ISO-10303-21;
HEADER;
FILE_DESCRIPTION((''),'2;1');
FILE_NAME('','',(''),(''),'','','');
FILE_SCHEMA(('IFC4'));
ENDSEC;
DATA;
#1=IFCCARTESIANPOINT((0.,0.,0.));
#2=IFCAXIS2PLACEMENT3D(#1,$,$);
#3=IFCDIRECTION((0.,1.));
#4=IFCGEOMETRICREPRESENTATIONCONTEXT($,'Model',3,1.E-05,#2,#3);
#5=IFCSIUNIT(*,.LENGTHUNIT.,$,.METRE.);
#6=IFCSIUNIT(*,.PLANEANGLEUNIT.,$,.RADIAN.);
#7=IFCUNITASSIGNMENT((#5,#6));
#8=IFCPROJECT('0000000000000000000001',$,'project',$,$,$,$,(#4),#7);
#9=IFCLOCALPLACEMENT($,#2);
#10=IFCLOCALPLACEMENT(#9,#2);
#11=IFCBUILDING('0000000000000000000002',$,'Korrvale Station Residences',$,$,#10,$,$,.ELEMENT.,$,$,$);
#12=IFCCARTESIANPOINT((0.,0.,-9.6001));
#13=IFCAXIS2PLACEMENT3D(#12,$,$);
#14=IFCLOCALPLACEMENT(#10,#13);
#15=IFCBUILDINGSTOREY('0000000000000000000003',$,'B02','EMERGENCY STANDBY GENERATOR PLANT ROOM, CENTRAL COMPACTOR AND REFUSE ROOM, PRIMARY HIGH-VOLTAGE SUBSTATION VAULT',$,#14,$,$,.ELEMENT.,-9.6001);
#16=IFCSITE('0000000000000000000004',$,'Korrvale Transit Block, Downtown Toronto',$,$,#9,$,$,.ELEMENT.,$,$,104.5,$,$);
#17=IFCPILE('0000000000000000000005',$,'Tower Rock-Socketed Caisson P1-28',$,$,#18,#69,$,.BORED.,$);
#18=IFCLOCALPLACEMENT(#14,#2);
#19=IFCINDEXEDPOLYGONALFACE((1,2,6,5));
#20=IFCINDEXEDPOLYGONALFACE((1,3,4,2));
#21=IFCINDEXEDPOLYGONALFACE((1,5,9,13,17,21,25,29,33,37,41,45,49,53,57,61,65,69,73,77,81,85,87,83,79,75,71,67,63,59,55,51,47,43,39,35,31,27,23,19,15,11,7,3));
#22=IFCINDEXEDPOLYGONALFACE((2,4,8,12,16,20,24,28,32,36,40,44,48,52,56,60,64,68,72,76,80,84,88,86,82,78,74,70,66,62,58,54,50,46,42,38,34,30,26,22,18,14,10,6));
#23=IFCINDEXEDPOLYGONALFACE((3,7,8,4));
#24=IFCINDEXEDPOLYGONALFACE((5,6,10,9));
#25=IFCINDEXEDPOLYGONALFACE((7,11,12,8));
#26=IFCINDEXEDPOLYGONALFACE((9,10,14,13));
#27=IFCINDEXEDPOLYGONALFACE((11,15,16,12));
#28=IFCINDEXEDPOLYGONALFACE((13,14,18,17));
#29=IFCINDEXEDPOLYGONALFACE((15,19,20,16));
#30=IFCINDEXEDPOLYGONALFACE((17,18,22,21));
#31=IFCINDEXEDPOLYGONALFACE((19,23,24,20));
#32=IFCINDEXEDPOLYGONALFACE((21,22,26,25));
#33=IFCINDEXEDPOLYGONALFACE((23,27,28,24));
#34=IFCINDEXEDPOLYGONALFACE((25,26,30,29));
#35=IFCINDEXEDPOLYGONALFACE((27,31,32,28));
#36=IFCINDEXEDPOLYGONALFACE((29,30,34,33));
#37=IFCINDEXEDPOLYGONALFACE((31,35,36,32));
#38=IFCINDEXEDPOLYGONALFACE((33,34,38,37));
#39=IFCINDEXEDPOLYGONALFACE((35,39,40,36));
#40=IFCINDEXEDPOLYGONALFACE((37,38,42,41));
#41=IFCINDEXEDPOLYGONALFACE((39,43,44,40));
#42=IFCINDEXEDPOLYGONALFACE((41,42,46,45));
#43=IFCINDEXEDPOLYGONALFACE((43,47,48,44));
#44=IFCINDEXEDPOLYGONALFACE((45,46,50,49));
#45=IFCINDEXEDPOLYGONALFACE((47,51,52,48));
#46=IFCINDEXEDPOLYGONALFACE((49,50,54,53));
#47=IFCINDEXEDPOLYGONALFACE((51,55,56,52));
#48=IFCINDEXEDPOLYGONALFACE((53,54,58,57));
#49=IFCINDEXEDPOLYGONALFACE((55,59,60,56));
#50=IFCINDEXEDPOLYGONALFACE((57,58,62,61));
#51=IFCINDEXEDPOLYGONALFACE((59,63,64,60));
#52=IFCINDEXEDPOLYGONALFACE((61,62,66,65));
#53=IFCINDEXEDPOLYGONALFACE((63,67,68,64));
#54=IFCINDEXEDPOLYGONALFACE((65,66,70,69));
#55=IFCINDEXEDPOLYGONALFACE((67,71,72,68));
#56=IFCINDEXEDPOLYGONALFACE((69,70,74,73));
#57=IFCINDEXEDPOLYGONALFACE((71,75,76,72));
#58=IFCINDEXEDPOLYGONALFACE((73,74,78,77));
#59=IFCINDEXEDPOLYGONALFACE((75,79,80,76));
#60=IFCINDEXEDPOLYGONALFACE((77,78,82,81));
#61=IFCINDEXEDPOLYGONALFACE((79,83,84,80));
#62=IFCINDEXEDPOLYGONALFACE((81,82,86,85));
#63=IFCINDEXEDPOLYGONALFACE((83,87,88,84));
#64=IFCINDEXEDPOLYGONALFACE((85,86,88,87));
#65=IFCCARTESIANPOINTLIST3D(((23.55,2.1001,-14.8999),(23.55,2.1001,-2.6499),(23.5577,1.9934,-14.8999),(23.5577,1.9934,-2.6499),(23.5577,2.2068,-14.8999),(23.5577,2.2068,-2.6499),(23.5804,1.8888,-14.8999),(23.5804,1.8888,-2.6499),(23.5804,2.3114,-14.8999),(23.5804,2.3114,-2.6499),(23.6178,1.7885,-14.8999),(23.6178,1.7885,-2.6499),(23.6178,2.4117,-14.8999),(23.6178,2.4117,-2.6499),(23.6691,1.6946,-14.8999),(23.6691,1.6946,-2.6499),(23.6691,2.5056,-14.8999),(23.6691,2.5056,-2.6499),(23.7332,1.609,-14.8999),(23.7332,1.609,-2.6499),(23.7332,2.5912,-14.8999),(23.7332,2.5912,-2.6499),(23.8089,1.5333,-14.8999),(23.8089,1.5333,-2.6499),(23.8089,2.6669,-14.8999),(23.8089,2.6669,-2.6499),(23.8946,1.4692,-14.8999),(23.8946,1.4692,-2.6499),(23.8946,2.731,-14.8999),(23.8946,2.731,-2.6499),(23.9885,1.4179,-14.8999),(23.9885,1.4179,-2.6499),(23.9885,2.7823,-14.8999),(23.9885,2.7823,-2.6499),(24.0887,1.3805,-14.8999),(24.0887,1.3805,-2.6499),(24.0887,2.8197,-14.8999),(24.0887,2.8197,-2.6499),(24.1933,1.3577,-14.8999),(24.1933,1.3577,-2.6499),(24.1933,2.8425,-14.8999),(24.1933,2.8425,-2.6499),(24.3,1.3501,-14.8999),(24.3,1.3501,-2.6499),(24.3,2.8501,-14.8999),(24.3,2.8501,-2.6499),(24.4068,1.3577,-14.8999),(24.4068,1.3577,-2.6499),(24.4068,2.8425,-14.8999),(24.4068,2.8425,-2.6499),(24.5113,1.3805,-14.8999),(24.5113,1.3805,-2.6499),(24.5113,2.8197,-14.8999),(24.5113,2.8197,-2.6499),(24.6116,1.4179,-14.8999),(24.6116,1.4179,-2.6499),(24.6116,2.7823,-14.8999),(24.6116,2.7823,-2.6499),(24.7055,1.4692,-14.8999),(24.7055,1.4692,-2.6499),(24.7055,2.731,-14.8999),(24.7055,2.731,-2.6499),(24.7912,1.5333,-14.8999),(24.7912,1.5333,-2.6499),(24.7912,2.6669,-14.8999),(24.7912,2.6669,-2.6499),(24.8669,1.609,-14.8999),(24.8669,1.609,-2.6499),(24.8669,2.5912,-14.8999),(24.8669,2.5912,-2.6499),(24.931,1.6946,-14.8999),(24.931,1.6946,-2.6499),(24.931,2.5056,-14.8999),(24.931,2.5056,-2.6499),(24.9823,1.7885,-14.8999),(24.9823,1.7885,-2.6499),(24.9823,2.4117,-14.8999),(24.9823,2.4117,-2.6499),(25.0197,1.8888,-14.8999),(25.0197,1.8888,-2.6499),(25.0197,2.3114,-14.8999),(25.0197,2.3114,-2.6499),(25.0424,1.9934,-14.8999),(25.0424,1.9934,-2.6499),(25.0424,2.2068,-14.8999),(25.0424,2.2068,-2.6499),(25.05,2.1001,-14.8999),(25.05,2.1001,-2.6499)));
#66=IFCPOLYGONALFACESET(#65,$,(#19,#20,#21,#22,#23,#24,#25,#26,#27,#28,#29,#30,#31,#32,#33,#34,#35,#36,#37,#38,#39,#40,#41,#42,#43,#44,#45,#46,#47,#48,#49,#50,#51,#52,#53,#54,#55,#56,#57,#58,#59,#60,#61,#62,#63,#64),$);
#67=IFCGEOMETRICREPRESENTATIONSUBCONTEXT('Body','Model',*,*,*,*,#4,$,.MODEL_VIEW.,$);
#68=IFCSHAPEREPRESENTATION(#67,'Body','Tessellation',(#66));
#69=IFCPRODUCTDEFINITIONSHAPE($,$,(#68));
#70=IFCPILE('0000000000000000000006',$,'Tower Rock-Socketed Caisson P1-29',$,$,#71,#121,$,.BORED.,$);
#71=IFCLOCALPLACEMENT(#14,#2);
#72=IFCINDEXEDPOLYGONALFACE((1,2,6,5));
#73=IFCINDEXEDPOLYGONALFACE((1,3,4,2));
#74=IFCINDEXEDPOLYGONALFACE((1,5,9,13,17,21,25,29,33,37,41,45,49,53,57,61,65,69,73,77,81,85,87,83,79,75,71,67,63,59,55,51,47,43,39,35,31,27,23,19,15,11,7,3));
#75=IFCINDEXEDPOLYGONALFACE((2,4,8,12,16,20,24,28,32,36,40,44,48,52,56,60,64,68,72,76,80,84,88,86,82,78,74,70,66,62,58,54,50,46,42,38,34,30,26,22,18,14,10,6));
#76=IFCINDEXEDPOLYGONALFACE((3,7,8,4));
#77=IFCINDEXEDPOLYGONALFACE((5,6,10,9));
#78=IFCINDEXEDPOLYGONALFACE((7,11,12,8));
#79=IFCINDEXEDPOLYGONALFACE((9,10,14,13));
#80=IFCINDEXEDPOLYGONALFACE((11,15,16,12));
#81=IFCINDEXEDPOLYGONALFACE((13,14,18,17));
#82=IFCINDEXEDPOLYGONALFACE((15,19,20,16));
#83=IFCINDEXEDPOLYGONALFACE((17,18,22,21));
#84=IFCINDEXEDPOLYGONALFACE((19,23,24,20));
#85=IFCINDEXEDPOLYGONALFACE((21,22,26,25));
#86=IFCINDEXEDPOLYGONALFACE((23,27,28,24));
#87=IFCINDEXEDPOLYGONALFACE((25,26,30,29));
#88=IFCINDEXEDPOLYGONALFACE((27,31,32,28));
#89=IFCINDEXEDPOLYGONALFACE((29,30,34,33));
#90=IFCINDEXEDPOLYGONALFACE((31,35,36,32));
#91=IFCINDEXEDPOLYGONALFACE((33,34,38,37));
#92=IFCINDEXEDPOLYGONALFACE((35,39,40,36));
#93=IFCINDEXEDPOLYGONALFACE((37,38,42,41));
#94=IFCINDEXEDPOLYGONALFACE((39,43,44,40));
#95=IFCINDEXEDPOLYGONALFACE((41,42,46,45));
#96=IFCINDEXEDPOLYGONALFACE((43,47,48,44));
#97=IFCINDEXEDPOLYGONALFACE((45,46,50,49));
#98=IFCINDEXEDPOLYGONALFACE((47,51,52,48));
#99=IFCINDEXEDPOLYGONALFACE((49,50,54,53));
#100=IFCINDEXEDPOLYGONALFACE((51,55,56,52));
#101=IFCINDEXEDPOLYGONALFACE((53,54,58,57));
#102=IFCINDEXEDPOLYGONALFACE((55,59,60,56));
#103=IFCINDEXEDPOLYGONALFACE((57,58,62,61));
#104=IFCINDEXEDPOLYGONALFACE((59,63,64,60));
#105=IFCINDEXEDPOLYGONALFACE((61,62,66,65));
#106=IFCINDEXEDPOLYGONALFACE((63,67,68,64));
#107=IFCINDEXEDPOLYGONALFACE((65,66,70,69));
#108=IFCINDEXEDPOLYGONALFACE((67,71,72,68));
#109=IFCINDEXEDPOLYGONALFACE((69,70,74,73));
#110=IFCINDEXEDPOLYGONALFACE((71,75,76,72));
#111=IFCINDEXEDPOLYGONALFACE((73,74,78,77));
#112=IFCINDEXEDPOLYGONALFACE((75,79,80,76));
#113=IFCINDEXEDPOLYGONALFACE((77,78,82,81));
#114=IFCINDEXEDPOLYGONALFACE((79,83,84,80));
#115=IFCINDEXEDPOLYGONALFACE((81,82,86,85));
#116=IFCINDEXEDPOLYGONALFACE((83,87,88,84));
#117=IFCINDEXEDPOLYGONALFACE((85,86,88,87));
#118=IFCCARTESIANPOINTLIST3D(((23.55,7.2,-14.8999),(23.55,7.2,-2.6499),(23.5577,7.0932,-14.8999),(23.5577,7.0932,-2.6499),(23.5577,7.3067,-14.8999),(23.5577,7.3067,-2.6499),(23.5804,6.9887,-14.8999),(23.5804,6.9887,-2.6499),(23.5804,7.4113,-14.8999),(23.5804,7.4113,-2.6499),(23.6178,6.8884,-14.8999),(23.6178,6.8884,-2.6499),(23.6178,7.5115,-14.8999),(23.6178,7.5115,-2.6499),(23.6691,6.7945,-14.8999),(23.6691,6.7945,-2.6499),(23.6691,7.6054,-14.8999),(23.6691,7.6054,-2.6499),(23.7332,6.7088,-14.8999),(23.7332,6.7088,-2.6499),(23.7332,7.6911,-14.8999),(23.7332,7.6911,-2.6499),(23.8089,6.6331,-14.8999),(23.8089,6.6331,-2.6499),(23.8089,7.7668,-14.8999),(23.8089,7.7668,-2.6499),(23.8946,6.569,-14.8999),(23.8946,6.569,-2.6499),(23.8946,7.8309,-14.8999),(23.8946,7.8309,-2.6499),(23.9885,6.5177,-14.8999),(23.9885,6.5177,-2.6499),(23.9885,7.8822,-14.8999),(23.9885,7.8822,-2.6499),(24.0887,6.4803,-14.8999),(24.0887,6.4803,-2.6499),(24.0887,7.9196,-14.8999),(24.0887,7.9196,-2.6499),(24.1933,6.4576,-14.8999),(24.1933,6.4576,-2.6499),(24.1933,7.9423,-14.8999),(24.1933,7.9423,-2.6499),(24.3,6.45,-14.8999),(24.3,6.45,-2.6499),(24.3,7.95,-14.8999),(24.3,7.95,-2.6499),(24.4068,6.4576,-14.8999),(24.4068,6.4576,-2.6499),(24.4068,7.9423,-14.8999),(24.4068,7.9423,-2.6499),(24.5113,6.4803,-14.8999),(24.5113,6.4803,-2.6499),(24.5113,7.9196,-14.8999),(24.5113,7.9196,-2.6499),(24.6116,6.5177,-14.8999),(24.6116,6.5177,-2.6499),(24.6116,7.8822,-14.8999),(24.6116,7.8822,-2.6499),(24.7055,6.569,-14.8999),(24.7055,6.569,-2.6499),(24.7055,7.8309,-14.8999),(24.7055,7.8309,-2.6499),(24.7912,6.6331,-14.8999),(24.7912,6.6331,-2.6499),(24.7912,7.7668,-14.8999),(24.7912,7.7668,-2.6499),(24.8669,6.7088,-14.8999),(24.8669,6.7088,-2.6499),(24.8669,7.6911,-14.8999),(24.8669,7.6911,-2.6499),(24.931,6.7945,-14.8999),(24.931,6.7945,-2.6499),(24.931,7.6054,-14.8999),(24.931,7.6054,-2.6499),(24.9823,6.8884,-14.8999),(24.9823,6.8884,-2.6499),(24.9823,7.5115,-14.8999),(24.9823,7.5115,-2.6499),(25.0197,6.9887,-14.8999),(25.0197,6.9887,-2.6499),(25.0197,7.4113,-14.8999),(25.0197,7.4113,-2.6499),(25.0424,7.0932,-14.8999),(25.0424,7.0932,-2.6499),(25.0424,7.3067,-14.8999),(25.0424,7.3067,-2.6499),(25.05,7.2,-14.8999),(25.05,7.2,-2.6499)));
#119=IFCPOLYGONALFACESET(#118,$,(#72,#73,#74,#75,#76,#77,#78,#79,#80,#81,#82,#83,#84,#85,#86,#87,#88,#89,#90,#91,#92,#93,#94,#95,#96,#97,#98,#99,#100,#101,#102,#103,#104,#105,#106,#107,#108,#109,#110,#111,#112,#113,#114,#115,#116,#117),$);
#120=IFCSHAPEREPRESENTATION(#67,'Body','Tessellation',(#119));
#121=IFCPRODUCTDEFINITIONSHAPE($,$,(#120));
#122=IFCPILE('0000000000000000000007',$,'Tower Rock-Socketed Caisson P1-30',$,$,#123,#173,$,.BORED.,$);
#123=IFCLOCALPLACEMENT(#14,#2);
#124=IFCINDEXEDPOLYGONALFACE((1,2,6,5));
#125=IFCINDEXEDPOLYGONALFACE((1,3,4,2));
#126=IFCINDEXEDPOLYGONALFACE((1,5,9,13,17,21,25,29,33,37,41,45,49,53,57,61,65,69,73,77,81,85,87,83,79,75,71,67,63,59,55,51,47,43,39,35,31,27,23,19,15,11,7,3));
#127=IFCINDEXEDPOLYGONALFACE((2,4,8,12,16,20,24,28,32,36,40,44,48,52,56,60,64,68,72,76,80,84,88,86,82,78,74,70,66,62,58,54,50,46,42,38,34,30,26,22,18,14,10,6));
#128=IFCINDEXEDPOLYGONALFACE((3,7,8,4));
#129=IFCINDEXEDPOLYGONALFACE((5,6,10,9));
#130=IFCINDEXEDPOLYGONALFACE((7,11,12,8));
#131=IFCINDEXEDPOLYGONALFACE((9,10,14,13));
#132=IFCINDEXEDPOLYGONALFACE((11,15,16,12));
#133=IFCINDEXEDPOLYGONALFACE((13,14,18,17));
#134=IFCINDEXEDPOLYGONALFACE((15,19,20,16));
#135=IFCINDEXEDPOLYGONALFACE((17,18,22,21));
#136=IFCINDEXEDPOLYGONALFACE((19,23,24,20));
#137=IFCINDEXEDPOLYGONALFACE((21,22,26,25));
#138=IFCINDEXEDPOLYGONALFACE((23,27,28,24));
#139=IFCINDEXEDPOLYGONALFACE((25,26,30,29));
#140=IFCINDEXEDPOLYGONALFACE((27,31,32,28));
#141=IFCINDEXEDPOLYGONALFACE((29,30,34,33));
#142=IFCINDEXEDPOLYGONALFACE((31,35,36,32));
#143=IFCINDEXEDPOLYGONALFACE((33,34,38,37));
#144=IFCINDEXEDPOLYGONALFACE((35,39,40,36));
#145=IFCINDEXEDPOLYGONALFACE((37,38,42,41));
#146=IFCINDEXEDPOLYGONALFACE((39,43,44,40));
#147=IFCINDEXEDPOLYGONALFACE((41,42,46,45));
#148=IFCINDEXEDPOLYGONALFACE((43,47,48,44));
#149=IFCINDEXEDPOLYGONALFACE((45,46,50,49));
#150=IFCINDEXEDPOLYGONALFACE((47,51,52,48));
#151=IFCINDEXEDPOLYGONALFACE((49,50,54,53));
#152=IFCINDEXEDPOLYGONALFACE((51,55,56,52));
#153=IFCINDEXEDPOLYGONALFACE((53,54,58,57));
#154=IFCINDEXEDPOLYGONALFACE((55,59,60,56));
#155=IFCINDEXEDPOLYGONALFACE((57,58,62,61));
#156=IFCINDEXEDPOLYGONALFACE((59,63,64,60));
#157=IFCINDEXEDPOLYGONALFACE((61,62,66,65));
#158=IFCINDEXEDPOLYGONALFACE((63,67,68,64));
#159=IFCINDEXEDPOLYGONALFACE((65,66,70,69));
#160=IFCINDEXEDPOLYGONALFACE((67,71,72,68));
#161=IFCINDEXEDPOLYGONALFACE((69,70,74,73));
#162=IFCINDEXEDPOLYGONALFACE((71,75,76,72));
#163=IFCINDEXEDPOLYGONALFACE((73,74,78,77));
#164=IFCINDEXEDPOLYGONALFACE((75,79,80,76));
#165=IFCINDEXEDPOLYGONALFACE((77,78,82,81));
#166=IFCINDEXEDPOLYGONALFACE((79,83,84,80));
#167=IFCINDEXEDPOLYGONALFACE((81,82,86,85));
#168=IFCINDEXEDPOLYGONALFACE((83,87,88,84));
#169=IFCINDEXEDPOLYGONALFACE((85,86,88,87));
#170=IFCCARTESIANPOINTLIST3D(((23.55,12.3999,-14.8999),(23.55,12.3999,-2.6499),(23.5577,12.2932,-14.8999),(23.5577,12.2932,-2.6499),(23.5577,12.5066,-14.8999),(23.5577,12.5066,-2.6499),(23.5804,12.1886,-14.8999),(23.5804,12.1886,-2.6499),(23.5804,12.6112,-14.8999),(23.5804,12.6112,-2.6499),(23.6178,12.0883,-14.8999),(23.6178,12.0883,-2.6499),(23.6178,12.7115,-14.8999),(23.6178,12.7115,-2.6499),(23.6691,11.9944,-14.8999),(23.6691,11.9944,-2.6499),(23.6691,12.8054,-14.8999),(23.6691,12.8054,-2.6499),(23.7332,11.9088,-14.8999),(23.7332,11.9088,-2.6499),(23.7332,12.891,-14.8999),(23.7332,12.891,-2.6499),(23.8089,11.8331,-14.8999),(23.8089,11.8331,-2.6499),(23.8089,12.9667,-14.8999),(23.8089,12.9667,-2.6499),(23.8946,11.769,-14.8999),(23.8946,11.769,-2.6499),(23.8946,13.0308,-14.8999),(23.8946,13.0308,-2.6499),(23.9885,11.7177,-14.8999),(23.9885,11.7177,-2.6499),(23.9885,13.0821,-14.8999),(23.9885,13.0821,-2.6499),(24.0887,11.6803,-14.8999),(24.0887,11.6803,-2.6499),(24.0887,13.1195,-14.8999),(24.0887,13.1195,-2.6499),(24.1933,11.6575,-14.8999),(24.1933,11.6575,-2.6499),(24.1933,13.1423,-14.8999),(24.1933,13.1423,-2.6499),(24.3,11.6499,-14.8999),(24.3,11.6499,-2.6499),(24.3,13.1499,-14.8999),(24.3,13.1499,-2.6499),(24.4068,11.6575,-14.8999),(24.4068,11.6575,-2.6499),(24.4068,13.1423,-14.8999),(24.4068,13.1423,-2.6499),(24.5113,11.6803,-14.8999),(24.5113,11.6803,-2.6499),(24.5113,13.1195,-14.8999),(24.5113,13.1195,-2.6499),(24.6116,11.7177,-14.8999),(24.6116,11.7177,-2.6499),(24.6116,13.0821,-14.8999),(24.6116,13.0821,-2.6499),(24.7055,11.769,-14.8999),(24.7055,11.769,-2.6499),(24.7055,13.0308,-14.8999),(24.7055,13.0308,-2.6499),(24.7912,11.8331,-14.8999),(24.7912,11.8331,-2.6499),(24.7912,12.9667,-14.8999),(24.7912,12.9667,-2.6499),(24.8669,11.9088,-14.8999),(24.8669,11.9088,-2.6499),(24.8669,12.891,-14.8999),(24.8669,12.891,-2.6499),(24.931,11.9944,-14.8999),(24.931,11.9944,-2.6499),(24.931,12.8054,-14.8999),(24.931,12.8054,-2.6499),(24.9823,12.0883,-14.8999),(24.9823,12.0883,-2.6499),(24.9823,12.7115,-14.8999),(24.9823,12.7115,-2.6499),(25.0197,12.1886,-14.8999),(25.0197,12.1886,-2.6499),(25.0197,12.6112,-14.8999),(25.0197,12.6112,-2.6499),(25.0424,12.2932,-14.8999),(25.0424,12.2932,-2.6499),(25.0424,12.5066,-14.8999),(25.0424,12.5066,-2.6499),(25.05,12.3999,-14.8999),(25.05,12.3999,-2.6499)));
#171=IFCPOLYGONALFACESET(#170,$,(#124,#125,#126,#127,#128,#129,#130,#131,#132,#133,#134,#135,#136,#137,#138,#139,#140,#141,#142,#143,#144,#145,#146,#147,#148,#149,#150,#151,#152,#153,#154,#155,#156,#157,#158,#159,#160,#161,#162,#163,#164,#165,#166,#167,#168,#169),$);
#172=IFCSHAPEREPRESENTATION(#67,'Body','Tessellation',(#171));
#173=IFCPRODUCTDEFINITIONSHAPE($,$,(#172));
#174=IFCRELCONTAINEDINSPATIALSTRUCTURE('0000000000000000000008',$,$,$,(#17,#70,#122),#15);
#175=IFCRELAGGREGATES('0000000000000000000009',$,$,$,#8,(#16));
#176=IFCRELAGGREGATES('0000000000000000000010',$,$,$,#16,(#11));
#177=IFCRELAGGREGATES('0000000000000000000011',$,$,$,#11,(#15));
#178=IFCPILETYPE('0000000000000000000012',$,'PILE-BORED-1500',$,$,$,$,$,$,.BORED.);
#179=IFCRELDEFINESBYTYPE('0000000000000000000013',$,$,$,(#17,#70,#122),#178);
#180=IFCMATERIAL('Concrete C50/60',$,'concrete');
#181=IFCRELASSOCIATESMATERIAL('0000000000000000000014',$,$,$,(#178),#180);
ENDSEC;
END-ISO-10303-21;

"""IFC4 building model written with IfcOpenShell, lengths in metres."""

from ifc_helpers import new_model, si_unit, direction, frame, origin, origin_2d, place, context, subcontext, project, spatial, circle, extrude, material, material_profile, profile_set, type_object, element, save


model = new_model("IFC4")

# Units and contexts
model_context = context("Model", 3, precision=1e-05, world=origin(), true_north=direction((0.0, 1.0)))
body_context = subcontext(model_context, "Body", "Model", "MODEL_VIEW")
ifc_project = project(units=[si_unit("LENGTHUNIT", "METRE"), si_unit("PLANEANGLEUNIT", "RADIAN")], contexts=[model_context])

# Site, building, storey
site_placement = place(None, origin())
site = spatial("IfcSite", under=ifc_project, at=site_placement, Name="Korrvale Transit Block, Downtown Toronto", CompositionType="ELEMENT", RefElevation=104.5)
building_placement = place(site_placement, origin())
building = spatial("IfcBuilding", under=site, at=building_placement, Name="Korrvale Station Residences", CompositionType="ELEMENT")
storey_placement = place(building_placement, frame((0.0, 0.0, -9.6001)))
storey = spatial("IfcBuildingStorey", under=building, at=storey_placement, Name="B02", Description="EMERGENCY STANDBY GENERATOR PLANT ROOM, CENTRAL COMPACTOR AND REFUSE ROOM, PRIMARY HIGH-VOLTAGE SUBSTATION VAULT", CompositionType="ELEMENT", Elevation=-9.6001)

# Piles
ifc_material_1 = material(Name="Concrete C50/60", Category="concrete")
ifc_material_profile_1 = material_profile(ifc_material_1, circle(Radius=0.75, at=origin_2d()), Name="PILE1500")
ifc_profile_set_1 = profile_set([ifc_material_profile_1], Name="Concrete C50/60")
pile_type_1 = type_object("IfcPileType", Name="PILE-BORED-1500", PredefinedType="BORED", material=ifc_profile_set_1)
for number, where, z_axis, x_axis, name in (
    (1, (24.3, 2.1001, -2.6499), (0.0, 0.0, -1.0), (1.0, 0.0, 0.0), "Tower Rock-Socketed Caisson P1-28"),
    (2, (24.3, 7.2, -2.6499), (0.0, 0.0, -1.0), (1.0, 0.0, 0.0), "Tower Rock-Socketed Caisson P1-29"),
    (3, (24.3, 12.3999, -2.6499), (0.0, 0.0, -1.0), (1.0, 0.0, 0.0), "Tower Rock-Socketed Caisson P1-30"),
):
    element("IfcPile", number, at=place(storey_placement, frame(where, z_axis=z_axis, x_axis=x_axis)), inside=storey, type_object=pile_type_1, Name=name, PredefinedType="BORED", context=body_context, shape_type="SweptSolid", body=[
        extrude(circle(Radius=0.75, at=origin_2d()), origin(), (0.0, 0.0, 1.0), 12.25),
    ])

save(model, "model.ifc")
